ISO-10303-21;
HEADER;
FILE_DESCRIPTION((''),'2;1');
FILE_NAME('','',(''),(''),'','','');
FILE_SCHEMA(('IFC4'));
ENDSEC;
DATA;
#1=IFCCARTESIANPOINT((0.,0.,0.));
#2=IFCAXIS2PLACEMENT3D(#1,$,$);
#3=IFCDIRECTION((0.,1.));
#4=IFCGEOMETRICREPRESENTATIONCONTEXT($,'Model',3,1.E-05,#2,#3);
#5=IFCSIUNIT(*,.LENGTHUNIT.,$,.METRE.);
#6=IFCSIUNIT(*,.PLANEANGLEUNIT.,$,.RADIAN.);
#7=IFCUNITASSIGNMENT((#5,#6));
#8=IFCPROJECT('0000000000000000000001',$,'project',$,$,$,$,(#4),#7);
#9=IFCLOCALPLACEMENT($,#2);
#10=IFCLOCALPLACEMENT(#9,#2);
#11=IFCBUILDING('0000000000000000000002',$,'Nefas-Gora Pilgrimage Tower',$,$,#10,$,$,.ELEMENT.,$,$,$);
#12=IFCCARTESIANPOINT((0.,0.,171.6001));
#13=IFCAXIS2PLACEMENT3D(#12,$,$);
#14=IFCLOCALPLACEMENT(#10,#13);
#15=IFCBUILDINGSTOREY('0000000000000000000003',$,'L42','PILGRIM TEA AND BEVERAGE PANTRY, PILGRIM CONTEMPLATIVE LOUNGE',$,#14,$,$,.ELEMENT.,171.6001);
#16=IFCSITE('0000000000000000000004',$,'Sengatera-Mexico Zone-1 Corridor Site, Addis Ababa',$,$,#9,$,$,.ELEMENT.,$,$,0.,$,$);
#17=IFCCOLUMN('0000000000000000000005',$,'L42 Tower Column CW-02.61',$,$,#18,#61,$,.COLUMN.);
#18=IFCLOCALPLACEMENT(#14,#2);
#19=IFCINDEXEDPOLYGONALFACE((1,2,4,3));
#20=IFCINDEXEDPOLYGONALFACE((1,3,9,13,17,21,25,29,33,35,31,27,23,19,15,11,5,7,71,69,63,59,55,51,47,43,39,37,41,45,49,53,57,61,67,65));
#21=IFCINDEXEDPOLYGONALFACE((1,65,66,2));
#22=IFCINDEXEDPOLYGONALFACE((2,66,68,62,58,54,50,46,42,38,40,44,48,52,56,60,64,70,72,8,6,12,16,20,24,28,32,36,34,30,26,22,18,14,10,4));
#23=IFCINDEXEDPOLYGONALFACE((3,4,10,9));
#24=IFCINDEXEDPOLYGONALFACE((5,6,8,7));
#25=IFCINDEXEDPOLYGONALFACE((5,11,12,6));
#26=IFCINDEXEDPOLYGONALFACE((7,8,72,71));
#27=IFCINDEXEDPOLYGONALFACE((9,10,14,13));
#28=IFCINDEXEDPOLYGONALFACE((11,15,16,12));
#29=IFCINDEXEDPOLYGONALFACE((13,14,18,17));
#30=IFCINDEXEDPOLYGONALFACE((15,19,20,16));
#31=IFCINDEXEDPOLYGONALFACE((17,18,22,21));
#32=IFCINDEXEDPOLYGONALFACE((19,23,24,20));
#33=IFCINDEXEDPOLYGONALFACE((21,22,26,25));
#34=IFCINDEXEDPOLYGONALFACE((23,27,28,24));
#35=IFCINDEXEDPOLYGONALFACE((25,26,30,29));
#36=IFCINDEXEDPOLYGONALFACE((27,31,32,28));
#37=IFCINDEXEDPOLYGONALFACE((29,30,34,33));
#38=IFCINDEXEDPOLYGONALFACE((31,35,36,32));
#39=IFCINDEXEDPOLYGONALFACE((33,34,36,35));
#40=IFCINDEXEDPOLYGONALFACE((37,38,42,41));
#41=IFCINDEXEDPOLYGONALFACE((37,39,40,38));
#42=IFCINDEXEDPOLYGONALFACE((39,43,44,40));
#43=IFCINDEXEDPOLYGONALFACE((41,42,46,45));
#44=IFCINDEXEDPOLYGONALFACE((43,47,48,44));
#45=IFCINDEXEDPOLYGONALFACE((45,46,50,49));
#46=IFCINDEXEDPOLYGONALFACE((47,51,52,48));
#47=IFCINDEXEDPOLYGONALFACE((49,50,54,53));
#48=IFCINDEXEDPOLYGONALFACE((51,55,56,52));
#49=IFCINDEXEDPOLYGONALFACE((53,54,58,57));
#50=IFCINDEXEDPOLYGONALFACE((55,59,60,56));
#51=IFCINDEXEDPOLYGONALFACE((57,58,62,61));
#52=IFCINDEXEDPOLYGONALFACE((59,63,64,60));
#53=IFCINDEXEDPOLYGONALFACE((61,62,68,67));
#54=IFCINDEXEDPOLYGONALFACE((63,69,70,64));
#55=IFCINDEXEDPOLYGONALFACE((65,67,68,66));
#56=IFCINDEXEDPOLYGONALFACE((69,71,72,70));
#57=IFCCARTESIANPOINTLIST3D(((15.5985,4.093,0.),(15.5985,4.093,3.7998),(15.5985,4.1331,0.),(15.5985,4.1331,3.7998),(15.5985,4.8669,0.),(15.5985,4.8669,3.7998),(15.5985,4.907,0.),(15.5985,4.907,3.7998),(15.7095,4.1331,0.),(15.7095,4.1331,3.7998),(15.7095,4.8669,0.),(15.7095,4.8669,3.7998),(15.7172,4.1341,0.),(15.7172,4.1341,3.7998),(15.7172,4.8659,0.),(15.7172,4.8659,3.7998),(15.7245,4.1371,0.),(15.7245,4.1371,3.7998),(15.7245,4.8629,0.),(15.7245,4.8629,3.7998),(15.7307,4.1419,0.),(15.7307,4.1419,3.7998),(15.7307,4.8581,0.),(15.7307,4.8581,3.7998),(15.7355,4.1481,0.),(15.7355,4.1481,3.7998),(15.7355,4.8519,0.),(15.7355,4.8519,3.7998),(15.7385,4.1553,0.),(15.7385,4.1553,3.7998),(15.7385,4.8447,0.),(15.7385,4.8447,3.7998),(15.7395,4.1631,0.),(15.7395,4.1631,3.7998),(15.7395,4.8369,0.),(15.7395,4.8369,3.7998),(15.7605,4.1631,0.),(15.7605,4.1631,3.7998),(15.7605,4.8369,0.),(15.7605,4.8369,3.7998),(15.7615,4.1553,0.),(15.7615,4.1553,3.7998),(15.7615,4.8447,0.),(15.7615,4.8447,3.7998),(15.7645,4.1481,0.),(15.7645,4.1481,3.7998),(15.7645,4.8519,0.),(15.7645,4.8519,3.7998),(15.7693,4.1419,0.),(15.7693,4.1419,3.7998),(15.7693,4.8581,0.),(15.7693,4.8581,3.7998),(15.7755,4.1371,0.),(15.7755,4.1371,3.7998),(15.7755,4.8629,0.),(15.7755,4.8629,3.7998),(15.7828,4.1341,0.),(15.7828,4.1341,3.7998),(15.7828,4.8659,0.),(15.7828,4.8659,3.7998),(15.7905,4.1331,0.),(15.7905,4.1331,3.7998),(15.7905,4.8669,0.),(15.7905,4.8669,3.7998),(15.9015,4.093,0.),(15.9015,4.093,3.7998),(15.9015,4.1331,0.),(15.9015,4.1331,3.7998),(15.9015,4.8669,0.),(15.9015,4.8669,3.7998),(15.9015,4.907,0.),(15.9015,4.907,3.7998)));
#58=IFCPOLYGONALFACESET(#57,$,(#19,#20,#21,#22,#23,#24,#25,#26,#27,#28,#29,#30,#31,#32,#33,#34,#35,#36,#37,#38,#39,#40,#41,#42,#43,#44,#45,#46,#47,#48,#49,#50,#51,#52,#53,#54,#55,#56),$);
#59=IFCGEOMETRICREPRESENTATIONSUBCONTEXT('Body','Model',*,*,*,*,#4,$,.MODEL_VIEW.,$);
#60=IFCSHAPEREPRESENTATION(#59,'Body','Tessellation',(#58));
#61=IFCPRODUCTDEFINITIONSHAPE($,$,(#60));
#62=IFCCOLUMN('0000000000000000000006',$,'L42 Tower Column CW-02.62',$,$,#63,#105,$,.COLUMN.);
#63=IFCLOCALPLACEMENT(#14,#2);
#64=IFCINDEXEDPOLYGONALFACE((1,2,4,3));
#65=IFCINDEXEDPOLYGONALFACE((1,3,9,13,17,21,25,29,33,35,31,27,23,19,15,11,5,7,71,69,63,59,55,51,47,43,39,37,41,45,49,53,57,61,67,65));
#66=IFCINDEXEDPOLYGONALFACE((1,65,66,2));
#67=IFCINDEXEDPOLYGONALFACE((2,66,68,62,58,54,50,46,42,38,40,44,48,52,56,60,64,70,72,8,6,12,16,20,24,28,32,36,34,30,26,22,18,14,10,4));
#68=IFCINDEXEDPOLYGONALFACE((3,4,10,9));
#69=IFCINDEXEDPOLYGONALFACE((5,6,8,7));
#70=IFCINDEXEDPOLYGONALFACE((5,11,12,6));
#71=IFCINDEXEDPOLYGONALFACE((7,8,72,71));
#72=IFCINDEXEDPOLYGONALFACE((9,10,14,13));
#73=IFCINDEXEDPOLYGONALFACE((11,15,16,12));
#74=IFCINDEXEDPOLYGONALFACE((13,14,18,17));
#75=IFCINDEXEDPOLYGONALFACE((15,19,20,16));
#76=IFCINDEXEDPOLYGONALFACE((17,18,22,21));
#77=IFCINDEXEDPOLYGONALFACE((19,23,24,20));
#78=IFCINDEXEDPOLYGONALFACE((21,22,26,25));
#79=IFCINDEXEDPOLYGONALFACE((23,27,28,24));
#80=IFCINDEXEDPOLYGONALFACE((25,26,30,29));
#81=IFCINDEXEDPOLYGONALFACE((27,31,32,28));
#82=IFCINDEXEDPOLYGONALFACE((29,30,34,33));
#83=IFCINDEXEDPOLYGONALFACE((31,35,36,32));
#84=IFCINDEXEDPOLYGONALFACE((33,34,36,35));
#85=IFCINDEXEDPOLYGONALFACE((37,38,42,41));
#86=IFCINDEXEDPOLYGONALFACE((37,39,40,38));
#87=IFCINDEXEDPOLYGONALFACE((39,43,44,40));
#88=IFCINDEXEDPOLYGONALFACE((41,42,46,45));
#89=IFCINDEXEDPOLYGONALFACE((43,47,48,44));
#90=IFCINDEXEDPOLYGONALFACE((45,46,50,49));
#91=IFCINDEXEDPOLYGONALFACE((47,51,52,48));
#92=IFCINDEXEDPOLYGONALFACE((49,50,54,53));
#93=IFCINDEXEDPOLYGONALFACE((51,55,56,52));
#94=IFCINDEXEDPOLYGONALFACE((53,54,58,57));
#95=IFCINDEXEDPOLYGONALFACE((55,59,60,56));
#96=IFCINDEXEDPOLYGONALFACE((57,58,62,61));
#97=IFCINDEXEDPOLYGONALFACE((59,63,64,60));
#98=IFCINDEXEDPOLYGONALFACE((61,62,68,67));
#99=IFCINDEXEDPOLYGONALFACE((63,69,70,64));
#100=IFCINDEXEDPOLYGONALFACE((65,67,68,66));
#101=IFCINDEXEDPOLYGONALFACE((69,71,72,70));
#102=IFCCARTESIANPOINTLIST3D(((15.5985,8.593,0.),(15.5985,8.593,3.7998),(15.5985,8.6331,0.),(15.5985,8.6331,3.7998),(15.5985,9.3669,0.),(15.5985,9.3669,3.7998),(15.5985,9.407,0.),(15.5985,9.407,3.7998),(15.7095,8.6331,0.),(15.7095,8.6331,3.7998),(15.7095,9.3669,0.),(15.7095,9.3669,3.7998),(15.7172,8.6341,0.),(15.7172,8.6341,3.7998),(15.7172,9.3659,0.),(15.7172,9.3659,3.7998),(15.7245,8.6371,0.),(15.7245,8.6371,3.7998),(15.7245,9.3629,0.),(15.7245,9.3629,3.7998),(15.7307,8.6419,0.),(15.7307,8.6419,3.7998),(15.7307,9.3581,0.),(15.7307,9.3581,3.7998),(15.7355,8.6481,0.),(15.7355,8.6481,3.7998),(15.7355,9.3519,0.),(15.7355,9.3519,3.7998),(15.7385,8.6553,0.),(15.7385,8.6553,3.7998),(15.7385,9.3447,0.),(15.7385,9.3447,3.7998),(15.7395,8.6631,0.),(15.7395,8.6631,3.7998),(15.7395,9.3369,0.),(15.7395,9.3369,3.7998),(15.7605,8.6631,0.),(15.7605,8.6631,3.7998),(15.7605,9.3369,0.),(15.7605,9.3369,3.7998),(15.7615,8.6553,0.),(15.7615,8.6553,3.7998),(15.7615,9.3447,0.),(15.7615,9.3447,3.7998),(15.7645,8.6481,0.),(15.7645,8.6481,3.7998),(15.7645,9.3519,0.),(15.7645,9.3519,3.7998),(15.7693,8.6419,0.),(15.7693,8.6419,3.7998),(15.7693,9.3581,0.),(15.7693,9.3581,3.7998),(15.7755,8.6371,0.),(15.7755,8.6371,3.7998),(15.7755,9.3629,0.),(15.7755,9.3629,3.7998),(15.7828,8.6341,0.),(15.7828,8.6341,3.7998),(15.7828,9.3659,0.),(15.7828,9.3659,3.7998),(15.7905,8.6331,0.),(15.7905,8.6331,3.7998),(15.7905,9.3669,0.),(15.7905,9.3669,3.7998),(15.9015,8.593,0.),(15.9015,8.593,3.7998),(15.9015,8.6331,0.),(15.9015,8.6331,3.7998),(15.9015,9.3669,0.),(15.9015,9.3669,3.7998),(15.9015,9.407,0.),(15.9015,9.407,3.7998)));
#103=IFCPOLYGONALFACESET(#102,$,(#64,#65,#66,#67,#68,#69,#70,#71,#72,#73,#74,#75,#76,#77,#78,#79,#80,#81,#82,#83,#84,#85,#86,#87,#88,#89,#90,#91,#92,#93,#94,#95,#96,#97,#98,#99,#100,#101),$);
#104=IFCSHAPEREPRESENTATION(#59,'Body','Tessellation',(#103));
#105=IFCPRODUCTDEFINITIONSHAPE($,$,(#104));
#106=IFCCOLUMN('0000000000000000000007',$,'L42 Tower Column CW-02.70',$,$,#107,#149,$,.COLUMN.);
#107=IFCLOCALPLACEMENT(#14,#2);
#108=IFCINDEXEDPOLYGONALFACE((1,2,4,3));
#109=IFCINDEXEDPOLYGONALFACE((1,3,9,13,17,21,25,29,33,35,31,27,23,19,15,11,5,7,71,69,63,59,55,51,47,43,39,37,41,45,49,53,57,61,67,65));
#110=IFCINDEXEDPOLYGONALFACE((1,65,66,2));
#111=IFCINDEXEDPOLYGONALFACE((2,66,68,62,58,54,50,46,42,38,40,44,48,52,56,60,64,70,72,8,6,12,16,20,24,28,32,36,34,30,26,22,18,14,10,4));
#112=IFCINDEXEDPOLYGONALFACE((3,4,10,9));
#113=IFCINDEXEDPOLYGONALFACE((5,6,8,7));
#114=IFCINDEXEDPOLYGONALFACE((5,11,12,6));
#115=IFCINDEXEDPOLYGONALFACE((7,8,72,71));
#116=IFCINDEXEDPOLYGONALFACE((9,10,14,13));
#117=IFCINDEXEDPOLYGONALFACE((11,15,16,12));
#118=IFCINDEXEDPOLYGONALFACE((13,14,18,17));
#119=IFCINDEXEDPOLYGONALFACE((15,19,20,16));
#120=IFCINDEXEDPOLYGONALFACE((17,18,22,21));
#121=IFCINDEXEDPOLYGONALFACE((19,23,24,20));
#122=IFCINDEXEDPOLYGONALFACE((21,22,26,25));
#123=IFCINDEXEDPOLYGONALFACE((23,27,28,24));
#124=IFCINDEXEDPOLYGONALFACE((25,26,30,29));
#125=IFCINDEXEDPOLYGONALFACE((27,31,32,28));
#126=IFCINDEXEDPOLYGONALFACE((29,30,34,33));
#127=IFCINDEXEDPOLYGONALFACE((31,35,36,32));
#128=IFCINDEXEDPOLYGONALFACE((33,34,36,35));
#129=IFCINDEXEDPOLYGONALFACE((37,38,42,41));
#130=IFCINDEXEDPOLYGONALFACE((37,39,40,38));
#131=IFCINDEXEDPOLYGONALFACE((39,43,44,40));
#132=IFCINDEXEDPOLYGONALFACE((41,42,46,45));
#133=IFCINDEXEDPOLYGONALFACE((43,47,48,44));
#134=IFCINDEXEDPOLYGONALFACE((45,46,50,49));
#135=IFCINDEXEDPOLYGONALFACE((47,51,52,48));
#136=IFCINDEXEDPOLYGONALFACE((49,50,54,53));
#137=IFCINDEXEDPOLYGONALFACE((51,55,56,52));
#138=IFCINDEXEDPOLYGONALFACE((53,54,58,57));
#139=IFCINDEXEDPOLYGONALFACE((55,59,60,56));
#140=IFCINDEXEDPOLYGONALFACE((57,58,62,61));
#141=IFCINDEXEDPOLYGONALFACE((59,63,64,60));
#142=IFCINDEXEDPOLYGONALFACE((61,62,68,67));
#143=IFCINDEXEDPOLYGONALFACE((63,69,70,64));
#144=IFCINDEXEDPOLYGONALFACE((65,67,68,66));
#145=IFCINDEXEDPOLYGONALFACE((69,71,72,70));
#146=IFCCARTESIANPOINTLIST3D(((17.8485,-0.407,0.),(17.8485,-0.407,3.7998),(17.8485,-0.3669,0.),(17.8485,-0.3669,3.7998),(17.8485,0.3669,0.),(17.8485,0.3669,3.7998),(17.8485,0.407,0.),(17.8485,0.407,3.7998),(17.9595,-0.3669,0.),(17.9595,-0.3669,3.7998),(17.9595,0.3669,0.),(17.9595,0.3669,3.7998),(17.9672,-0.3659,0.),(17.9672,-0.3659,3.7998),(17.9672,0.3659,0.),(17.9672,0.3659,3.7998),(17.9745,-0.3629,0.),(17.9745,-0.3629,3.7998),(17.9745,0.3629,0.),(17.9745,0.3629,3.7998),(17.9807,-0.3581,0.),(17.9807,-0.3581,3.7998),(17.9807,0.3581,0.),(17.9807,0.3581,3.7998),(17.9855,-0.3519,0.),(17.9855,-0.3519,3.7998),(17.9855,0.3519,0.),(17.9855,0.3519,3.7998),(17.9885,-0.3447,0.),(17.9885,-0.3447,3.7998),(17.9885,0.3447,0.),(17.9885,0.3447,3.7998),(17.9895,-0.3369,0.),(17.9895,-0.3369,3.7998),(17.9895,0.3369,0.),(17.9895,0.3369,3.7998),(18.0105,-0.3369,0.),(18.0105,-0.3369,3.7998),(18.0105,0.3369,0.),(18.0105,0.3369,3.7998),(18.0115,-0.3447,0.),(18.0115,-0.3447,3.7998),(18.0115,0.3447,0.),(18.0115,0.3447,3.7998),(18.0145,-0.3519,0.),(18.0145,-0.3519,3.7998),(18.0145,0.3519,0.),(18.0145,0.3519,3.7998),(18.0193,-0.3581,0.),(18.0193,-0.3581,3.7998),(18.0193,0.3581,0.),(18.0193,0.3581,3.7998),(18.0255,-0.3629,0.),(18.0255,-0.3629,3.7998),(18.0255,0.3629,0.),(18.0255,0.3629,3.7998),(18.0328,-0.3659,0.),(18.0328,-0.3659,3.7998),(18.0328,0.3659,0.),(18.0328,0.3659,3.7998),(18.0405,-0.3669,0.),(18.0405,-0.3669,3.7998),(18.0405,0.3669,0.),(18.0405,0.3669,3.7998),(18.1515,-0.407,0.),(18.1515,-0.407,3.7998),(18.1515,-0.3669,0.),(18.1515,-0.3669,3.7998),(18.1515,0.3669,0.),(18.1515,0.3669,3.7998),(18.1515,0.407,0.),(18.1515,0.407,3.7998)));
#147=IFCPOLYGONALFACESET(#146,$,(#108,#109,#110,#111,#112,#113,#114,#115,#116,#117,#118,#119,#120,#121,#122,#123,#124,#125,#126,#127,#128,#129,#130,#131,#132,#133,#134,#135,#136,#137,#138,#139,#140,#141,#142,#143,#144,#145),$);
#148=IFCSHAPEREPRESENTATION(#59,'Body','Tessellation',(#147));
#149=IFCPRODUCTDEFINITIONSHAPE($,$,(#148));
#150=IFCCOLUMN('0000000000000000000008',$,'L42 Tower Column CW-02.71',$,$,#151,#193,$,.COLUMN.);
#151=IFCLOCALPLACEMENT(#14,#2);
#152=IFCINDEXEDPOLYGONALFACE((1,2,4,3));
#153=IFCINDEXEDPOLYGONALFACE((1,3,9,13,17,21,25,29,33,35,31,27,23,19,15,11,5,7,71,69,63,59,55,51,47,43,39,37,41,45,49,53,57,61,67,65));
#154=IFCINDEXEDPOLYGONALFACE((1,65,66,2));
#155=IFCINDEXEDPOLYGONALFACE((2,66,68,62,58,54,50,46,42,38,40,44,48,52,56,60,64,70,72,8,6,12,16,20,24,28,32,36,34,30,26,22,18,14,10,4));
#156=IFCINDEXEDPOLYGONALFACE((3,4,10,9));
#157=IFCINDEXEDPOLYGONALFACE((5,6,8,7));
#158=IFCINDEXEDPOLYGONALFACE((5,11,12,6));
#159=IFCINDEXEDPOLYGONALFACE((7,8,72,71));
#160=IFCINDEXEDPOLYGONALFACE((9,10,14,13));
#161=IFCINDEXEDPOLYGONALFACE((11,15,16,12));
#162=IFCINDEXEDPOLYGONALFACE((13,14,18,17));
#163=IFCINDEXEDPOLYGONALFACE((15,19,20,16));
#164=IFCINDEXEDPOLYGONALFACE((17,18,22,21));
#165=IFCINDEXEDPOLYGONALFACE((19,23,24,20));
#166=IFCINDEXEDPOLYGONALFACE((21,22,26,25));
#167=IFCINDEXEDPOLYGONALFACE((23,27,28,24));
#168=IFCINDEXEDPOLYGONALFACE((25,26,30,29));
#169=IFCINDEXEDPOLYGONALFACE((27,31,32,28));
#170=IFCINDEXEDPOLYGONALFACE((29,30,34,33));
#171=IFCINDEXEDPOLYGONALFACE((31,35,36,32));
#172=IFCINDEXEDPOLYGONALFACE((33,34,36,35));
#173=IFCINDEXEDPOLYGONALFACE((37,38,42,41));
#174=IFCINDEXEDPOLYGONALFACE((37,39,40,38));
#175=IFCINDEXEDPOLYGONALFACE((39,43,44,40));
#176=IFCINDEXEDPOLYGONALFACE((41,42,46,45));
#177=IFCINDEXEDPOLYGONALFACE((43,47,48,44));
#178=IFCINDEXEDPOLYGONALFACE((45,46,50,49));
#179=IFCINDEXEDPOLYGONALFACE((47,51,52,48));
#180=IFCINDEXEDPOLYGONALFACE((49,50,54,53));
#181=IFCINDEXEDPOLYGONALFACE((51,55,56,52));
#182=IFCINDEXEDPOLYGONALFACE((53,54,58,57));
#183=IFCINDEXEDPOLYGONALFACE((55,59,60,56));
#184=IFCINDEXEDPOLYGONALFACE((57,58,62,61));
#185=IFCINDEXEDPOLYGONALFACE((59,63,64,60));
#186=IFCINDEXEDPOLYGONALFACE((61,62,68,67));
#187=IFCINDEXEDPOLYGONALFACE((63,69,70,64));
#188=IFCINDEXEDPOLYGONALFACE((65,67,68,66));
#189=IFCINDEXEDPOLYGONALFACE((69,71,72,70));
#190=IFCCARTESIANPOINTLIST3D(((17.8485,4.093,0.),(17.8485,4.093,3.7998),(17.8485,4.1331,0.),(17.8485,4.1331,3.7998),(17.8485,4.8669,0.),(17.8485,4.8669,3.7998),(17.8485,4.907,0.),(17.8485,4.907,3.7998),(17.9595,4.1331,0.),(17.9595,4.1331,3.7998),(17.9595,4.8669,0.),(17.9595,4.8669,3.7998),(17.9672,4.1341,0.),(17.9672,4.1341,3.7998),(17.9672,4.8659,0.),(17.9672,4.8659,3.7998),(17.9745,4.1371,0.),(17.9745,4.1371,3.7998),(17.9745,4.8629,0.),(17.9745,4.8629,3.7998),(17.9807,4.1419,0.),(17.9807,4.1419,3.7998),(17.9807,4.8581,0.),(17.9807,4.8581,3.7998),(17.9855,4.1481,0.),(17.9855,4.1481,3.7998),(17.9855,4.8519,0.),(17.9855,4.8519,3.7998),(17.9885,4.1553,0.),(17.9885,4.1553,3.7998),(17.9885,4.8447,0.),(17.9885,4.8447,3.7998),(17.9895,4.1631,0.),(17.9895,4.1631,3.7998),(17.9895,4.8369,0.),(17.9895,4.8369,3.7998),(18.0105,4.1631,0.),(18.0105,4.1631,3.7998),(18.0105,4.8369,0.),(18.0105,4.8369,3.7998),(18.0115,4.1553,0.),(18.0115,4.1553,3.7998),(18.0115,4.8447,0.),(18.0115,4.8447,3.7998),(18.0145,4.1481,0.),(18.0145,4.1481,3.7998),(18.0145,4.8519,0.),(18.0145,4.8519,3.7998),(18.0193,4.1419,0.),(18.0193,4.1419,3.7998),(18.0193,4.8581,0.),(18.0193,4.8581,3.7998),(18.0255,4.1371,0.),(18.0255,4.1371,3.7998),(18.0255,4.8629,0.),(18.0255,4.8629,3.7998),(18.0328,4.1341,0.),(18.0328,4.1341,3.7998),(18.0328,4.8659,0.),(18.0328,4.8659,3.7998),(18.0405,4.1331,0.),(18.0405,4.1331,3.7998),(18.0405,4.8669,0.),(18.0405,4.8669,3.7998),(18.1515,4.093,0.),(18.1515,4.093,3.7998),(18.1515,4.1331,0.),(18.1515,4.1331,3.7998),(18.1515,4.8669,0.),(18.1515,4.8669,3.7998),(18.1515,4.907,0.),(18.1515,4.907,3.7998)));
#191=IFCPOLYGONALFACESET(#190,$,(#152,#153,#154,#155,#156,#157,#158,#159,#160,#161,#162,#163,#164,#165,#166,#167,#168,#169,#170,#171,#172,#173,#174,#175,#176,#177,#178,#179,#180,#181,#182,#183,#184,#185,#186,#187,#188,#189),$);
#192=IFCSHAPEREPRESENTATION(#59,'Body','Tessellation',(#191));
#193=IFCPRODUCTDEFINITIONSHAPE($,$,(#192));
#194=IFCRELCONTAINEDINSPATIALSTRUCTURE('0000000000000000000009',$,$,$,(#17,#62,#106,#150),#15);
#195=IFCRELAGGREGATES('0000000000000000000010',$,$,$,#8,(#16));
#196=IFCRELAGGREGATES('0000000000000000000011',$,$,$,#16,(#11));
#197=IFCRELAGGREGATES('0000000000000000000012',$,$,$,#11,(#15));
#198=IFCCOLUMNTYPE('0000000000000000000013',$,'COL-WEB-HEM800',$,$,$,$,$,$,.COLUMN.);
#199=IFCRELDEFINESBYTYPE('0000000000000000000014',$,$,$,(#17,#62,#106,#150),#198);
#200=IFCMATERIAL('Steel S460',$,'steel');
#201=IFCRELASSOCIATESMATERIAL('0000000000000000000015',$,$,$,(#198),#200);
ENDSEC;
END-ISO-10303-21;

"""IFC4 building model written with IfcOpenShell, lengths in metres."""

from ifc_helpers import new_model, si_unit, direction, frame, origin, origin_2d, place, context, subcontext, project, spatial, i_section, extrude, source, transform, mapped, material, material_profile, profile_set, type_object, element, save


model = new_model("IFC4")

# Units and contexts
model_context = context("Model", 3, precision=1e-05, world=origin(), true_north=direction((0.0, 1.0)))
body_context = subcontext(model_context, "Body", "Model", "MODEL_VIEW")
ifc_project = project(units=[si_unit("LENGTHUNIT", "METRE"), si_unit("PLANEANGLEUNIT", "RADIAN")], contexts=[model_context])

# Site, building, storey
site_placement = place(None, origin())
site = spatial("IfcSite", under=ifc_project, at=site_placement, Name="Sengatera-Mexico Zone-1 Corridor Site, Addis Ababa", CompositionType="ELEMENT", RefElevation=0.0)
building_placement = place(site_placement, origin())
building = spatial("IfcBuilding", under=site, at=building_placement, Name="Nefas-Gora Pilgrimage Tower", CompositionType="ELEMENT")
storey_placement = place(building_placement, frame((0.0, 0.0, 171.6001)))
storey = spatial("IfcBuildingStorey", under=building, at=storey_placement, Name="L42", Description="PILGRIM TEA AND BEVERAGE PANTRY, PILGRIM CONTEMPLATIVE LOUNGE", CompositionType="ELEMENT", Elevation=171.6001)

# Columns
ifc_material_1 = material(Name="Steel S460", Category="steel")
ifc_material_profile_1 = material_profile(ifc_material_1, i_section(OverallWidth=0.303, OverallDepth=0.814, WebThickness=0.021, FlangeThickness=0.04, FilletRadius=0.03, at=origin_2d()), Name="HEM 800")
ifc_profile_set_1 = profile_set([ifc_material_profile_1], Name="Steel S460")
column_type_1 = type_object("IfcColumnType", Name="COL-WEB-HEM800", PredefinedType="COLUMN", material=ifc_profile_set_1)
shared_shape_1 = source(origin(), body_context, "Body", "SweptSolid", [
    extrude(i_section(OverallWidth=0.303, OverallDepth=0.814, WebThickness=0.021, FlangeThickness=0.04, FilletRadius=0.03, at=origin_2d()), origin(), (0.0, 0.0, 1.0), 3.7998),
])
for number, where, z_axis, x_axis, name in (
    (1, (15.75, 4.5, 0.0), (0.0, 0.0, 1.0), (1.0, 0.0, 0.0), "L42 Tower Column CW-02.61"),
    (2, (15.75, 9.0, 0.0), (0.0, 0.0, 1.0), (1.0, 0.0, 0.0), "L42 Tower Column CW-02.62"),
    (3, (18.0, 0.0, 0.0), (0.0, 0.0, 1.0), (1.0, 0.0, 0.0), "L42 Tower Column CW-02.70"),
    (4, (18.0, 4.5, 0.0), (0.0, 0.0, 1.0), (1.0, 0.0, 0.0), "L42 Tower Column CW-02.71"),
):
    element("IfcColumn", number, at=place(storey_placement, frame(where, z_axis=z_axis, x_axis=x_axis)), inside=storey, type_object=column_type_1, Name=name, PredefinedType="COLUMN", context=body_context, shape_type="MappedRepresentation", body=[
        mapped(shared_shape_1, transform((0.0, 0.0, 0.0), x_axis=(1.0, 0.0, 0.0), y_axis=(0.0, 1.0, 0.0), z_axis=(0.0, 0.0, 1.0), scale=1.0)),
    ])

save(model, "model.ifc")
